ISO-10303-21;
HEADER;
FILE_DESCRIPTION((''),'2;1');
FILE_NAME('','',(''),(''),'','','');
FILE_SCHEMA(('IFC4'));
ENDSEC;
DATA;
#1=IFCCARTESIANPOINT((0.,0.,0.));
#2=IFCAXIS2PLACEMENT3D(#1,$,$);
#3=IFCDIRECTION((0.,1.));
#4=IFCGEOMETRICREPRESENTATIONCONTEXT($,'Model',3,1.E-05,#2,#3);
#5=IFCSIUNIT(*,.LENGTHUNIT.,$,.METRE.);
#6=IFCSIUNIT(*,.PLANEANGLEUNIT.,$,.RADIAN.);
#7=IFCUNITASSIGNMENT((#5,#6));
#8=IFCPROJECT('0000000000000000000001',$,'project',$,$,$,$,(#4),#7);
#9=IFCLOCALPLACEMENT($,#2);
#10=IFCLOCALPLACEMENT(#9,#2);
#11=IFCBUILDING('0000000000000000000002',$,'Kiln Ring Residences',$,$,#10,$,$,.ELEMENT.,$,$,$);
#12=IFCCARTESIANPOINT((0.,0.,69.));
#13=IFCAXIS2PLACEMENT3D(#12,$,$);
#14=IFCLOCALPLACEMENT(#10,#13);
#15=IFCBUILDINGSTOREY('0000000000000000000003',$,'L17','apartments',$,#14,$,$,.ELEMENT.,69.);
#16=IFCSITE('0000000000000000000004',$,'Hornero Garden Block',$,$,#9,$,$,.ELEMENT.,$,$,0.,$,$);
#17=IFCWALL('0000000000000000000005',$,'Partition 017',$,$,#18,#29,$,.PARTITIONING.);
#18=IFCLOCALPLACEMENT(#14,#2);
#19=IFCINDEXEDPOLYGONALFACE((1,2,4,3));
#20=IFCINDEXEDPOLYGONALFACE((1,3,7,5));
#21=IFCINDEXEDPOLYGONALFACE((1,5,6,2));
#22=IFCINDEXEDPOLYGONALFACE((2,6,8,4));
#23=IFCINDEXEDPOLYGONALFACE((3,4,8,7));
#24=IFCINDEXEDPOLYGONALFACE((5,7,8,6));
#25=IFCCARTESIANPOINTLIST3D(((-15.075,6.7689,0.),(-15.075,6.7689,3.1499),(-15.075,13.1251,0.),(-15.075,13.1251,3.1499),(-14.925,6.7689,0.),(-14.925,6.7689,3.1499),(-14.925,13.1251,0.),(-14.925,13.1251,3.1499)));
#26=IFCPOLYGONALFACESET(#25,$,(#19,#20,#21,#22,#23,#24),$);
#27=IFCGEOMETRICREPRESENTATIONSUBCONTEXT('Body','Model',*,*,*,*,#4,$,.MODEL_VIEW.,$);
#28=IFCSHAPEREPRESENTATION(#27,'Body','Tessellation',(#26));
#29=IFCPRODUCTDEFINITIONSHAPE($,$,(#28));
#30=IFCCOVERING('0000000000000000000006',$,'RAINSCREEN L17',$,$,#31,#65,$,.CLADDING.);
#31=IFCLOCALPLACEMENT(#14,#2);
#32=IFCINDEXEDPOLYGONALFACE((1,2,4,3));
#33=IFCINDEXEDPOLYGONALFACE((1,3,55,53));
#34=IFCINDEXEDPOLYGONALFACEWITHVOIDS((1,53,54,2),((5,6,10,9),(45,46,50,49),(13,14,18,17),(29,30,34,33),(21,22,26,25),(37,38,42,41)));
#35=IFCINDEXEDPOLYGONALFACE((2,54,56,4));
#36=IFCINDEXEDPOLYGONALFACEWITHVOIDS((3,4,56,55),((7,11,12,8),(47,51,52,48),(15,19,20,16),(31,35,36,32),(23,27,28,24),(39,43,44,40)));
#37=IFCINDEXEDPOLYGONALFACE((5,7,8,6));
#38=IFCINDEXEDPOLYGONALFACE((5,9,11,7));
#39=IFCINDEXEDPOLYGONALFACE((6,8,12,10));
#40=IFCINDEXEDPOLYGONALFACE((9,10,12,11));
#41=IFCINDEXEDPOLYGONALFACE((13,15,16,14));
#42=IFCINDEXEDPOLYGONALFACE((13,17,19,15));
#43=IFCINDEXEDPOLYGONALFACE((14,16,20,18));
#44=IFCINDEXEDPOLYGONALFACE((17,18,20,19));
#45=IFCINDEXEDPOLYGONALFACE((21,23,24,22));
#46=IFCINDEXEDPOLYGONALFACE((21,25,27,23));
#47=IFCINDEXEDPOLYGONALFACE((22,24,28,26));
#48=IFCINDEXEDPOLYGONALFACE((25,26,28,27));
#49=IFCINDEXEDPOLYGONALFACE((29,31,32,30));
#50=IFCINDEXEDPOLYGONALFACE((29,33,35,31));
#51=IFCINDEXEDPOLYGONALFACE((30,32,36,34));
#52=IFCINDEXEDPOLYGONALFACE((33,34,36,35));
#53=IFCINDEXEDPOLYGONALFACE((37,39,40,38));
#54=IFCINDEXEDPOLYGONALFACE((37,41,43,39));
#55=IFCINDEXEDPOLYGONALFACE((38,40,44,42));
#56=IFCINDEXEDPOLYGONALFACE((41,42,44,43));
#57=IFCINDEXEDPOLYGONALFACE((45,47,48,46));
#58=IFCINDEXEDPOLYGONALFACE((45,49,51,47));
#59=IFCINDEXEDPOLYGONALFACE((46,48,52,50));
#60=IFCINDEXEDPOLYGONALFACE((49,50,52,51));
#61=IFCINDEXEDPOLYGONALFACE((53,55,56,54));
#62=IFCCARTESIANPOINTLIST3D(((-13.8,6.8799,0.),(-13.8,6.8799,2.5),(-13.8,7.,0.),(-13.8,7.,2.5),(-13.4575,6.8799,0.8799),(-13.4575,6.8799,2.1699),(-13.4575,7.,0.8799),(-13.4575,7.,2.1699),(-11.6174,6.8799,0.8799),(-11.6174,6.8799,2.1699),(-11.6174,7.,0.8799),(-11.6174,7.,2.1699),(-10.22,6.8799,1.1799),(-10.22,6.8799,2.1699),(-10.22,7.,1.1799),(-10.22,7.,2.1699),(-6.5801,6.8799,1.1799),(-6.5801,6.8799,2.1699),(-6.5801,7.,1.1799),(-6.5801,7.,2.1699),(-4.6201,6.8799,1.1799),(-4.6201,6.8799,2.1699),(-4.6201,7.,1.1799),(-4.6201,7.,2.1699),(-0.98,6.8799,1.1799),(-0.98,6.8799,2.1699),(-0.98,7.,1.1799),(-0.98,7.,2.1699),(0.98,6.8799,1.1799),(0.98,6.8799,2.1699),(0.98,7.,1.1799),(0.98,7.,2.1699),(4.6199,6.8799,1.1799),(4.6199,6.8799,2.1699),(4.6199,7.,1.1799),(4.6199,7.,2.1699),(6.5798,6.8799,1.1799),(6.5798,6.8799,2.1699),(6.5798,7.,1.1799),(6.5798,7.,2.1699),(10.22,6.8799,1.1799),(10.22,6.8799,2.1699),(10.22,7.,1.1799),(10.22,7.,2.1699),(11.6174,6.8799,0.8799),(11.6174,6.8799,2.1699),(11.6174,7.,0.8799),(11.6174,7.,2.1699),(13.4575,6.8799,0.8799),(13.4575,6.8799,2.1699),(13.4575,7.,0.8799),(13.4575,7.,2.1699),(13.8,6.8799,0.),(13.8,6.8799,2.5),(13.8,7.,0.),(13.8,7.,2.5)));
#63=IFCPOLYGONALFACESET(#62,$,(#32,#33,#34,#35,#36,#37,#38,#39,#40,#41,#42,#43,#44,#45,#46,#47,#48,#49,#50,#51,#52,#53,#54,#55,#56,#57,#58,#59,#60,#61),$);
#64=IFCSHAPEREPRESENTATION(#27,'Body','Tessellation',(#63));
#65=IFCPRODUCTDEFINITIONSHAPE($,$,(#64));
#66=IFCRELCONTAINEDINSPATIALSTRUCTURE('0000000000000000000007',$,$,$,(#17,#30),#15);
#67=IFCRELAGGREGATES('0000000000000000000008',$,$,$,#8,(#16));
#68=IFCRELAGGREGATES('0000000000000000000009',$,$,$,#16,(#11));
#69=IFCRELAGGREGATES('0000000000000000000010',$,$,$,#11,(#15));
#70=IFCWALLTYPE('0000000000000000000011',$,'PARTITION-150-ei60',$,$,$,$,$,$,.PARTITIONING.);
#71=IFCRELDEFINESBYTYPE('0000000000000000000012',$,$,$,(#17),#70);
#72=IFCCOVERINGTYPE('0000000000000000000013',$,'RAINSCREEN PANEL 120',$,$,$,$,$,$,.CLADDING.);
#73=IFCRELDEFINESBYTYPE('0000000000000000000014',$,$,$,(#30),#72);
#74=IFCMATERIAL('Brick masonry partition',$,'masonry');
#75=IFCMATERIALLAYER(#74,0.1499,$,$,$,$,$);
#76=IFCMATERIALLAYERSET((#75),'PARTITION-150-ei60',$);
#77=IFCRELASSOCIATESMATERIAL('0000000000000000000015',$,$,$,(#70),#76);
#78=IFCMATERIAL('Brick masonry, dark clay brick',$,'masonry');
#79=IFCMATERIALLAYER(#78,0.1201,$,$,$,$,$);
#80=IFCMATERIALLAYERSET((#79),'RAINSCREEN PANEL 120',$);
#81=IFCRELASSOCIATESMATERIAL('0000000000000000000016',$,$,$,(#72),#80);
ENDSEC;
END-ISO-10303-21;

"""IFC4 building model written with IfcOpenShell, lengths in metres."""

from ifc_helpers import new_model, si_unit, direction, frame, frame_2d, origin, place, context, subcontext, project, spatial, polyline, rectangle, outline, extrude, material, layer, layer_set, type_object, element, save


model = new_model("IFC4")

# Units and contexts
model_context = context("Model", 3, precision=1e-05, world=origin(), true_north=direction((0.0, 1.0)))
body_context = subcontext(model_context, "Body", "Model", "MODEL_VIEW")
ifc_project = project(units=[si_unit("LENGTHUNIT", "METRE"), si_unit("PLANEANGLEUNIT", "RADIAN")], contexts=[model_context])

# Site, building, storey
site_placement = place(None, origin())
site = spatial("IfcSite", under=ifc_project, at=site_placement, Name="Hornero Garden Block", CompositionType="ELEMENT", RefElevation=0.0)
building_placement = place(site_placement, origin())
building = spatial("IfcBuilding", under=site, at=building_placement, Name="Kiln Ring Residences", CompositionType="ELEMENT")
storey_placement = place(building_placement, frame((0.0, 0.0, 69.0)))
storey = spatial("IfcBuildingStorey", under=building, at=storey_placement, Name="L17", Description="apartments", CompositionType="ELEMENT", Elevation=69.0)

# Wall
ifc_material_1 = material(Name="Brick masonry partition", Category="masonry")
ifc_layer_1 = layer(ifc_material_1, 0.1499)
ifc_layer_set_1 = layer_set([ifc_layer_1], Name="PARTITION-150-ei60")
wall_type_1 = type_object("IfcWallType", Name="PARTITION-150-ei60", PredefinedType="PARTITIONING", material=ifc_layer_set_1)
wall_1_placement = place(storey_placement, frame((-15.0, 6.7688, 0.0), z_axis=(0.0, 0.0, 1.0), x_axis=(0.0, 1.0, 0.0)))
element("IfcWall", 1, at=wall_1_placement, inside=storey, type_object=wall_type_1, Name="Partition 017", PredefinedType="PARTITIONING", context=body_context, shape_type="SweptSolid", body=[
    extrude(rectangle(XDim=6.3562, YDim=0.1499, at=frame_2d((3.1782, 0.0))), origin(), (0.0, 0.0, 1.0), 3.1499),
])

# Covering
ifc_material_2 = material(Name="Brick masonry, dark clay brick", Category="masonry")
ifc_layer_2 = layer(ifc_material_2, 0.1201)
ifc_layer_set_2 = layer_set([ifc_layer_2], Name="RAINSCREEN PANEL 120")
covering_type = type_object("IfcCoveringType", Name="RAINSCREEN PANEL 120", PredefinedType="CLADDING", material=ifc_layer_set_2)
covering_placement = place(storey_placement, frame((-13.8, 6.9399, 0.0), z_axis=(0.0, 0.0, 1.0), x_axis=(1.0, 0.0, 0.0)))
element("IfcCovering", 2, at=covering_placement, inside=storey, type_object=covering_type, Name="RAINSCREEN L17", PredefinedType="CLADDING", context=body_context, shape_type="SweptSolid", body=[
    extrude(outline(polyline([(0.0, 0.0), (27.6001, 0.0), (27.6001, 2.5), (0.0, 2.5), (0.0, 0.0)]), holes=[polyline([(2.1826, 0.8799), (2.1826, 2.1699), (0.3425, 2.1699), (0.3425, 0.8799), (2.1826, 0.8799)]), polyline([(25.4175, 0.8799), (27.2576, 0.8799), (27.2576, 2.1699), (25.4175, 2.1699), (25.4175, 0.8799)]), polyline([(3.5801, 1.1799), (7.22, 1.1799), (7.22, 2.1699), (3.5801, 2.1699), (3.5801, 1.1799)]), polyline([(12.8201, 1.1799), (12.8201, 2.1699), (9.1799, 2.1699), (9.1799, 1.1799), (12.8201, 1.1799)]), polyline([(14.78, 1.1799), (18.4199, 1.1799), (18.4199, 2.1699), (14.78, 2.1699), (14.78, 1.1799)]), polyline([(20.3799, 1.1799), (24.02, 1.1799), (24.02, 2.1699), (20.3799, 2.1699), (20.3799, 1.1799)])]), frame((0.0, 0.0601, 0.0), z_axis=(0.0, -1.0, 0.0), x_axis=(1.0, 0.0, 0.0)), (0.0, 0.0, 1.0), 0.1201),
])

save(model, "model.ifc")
